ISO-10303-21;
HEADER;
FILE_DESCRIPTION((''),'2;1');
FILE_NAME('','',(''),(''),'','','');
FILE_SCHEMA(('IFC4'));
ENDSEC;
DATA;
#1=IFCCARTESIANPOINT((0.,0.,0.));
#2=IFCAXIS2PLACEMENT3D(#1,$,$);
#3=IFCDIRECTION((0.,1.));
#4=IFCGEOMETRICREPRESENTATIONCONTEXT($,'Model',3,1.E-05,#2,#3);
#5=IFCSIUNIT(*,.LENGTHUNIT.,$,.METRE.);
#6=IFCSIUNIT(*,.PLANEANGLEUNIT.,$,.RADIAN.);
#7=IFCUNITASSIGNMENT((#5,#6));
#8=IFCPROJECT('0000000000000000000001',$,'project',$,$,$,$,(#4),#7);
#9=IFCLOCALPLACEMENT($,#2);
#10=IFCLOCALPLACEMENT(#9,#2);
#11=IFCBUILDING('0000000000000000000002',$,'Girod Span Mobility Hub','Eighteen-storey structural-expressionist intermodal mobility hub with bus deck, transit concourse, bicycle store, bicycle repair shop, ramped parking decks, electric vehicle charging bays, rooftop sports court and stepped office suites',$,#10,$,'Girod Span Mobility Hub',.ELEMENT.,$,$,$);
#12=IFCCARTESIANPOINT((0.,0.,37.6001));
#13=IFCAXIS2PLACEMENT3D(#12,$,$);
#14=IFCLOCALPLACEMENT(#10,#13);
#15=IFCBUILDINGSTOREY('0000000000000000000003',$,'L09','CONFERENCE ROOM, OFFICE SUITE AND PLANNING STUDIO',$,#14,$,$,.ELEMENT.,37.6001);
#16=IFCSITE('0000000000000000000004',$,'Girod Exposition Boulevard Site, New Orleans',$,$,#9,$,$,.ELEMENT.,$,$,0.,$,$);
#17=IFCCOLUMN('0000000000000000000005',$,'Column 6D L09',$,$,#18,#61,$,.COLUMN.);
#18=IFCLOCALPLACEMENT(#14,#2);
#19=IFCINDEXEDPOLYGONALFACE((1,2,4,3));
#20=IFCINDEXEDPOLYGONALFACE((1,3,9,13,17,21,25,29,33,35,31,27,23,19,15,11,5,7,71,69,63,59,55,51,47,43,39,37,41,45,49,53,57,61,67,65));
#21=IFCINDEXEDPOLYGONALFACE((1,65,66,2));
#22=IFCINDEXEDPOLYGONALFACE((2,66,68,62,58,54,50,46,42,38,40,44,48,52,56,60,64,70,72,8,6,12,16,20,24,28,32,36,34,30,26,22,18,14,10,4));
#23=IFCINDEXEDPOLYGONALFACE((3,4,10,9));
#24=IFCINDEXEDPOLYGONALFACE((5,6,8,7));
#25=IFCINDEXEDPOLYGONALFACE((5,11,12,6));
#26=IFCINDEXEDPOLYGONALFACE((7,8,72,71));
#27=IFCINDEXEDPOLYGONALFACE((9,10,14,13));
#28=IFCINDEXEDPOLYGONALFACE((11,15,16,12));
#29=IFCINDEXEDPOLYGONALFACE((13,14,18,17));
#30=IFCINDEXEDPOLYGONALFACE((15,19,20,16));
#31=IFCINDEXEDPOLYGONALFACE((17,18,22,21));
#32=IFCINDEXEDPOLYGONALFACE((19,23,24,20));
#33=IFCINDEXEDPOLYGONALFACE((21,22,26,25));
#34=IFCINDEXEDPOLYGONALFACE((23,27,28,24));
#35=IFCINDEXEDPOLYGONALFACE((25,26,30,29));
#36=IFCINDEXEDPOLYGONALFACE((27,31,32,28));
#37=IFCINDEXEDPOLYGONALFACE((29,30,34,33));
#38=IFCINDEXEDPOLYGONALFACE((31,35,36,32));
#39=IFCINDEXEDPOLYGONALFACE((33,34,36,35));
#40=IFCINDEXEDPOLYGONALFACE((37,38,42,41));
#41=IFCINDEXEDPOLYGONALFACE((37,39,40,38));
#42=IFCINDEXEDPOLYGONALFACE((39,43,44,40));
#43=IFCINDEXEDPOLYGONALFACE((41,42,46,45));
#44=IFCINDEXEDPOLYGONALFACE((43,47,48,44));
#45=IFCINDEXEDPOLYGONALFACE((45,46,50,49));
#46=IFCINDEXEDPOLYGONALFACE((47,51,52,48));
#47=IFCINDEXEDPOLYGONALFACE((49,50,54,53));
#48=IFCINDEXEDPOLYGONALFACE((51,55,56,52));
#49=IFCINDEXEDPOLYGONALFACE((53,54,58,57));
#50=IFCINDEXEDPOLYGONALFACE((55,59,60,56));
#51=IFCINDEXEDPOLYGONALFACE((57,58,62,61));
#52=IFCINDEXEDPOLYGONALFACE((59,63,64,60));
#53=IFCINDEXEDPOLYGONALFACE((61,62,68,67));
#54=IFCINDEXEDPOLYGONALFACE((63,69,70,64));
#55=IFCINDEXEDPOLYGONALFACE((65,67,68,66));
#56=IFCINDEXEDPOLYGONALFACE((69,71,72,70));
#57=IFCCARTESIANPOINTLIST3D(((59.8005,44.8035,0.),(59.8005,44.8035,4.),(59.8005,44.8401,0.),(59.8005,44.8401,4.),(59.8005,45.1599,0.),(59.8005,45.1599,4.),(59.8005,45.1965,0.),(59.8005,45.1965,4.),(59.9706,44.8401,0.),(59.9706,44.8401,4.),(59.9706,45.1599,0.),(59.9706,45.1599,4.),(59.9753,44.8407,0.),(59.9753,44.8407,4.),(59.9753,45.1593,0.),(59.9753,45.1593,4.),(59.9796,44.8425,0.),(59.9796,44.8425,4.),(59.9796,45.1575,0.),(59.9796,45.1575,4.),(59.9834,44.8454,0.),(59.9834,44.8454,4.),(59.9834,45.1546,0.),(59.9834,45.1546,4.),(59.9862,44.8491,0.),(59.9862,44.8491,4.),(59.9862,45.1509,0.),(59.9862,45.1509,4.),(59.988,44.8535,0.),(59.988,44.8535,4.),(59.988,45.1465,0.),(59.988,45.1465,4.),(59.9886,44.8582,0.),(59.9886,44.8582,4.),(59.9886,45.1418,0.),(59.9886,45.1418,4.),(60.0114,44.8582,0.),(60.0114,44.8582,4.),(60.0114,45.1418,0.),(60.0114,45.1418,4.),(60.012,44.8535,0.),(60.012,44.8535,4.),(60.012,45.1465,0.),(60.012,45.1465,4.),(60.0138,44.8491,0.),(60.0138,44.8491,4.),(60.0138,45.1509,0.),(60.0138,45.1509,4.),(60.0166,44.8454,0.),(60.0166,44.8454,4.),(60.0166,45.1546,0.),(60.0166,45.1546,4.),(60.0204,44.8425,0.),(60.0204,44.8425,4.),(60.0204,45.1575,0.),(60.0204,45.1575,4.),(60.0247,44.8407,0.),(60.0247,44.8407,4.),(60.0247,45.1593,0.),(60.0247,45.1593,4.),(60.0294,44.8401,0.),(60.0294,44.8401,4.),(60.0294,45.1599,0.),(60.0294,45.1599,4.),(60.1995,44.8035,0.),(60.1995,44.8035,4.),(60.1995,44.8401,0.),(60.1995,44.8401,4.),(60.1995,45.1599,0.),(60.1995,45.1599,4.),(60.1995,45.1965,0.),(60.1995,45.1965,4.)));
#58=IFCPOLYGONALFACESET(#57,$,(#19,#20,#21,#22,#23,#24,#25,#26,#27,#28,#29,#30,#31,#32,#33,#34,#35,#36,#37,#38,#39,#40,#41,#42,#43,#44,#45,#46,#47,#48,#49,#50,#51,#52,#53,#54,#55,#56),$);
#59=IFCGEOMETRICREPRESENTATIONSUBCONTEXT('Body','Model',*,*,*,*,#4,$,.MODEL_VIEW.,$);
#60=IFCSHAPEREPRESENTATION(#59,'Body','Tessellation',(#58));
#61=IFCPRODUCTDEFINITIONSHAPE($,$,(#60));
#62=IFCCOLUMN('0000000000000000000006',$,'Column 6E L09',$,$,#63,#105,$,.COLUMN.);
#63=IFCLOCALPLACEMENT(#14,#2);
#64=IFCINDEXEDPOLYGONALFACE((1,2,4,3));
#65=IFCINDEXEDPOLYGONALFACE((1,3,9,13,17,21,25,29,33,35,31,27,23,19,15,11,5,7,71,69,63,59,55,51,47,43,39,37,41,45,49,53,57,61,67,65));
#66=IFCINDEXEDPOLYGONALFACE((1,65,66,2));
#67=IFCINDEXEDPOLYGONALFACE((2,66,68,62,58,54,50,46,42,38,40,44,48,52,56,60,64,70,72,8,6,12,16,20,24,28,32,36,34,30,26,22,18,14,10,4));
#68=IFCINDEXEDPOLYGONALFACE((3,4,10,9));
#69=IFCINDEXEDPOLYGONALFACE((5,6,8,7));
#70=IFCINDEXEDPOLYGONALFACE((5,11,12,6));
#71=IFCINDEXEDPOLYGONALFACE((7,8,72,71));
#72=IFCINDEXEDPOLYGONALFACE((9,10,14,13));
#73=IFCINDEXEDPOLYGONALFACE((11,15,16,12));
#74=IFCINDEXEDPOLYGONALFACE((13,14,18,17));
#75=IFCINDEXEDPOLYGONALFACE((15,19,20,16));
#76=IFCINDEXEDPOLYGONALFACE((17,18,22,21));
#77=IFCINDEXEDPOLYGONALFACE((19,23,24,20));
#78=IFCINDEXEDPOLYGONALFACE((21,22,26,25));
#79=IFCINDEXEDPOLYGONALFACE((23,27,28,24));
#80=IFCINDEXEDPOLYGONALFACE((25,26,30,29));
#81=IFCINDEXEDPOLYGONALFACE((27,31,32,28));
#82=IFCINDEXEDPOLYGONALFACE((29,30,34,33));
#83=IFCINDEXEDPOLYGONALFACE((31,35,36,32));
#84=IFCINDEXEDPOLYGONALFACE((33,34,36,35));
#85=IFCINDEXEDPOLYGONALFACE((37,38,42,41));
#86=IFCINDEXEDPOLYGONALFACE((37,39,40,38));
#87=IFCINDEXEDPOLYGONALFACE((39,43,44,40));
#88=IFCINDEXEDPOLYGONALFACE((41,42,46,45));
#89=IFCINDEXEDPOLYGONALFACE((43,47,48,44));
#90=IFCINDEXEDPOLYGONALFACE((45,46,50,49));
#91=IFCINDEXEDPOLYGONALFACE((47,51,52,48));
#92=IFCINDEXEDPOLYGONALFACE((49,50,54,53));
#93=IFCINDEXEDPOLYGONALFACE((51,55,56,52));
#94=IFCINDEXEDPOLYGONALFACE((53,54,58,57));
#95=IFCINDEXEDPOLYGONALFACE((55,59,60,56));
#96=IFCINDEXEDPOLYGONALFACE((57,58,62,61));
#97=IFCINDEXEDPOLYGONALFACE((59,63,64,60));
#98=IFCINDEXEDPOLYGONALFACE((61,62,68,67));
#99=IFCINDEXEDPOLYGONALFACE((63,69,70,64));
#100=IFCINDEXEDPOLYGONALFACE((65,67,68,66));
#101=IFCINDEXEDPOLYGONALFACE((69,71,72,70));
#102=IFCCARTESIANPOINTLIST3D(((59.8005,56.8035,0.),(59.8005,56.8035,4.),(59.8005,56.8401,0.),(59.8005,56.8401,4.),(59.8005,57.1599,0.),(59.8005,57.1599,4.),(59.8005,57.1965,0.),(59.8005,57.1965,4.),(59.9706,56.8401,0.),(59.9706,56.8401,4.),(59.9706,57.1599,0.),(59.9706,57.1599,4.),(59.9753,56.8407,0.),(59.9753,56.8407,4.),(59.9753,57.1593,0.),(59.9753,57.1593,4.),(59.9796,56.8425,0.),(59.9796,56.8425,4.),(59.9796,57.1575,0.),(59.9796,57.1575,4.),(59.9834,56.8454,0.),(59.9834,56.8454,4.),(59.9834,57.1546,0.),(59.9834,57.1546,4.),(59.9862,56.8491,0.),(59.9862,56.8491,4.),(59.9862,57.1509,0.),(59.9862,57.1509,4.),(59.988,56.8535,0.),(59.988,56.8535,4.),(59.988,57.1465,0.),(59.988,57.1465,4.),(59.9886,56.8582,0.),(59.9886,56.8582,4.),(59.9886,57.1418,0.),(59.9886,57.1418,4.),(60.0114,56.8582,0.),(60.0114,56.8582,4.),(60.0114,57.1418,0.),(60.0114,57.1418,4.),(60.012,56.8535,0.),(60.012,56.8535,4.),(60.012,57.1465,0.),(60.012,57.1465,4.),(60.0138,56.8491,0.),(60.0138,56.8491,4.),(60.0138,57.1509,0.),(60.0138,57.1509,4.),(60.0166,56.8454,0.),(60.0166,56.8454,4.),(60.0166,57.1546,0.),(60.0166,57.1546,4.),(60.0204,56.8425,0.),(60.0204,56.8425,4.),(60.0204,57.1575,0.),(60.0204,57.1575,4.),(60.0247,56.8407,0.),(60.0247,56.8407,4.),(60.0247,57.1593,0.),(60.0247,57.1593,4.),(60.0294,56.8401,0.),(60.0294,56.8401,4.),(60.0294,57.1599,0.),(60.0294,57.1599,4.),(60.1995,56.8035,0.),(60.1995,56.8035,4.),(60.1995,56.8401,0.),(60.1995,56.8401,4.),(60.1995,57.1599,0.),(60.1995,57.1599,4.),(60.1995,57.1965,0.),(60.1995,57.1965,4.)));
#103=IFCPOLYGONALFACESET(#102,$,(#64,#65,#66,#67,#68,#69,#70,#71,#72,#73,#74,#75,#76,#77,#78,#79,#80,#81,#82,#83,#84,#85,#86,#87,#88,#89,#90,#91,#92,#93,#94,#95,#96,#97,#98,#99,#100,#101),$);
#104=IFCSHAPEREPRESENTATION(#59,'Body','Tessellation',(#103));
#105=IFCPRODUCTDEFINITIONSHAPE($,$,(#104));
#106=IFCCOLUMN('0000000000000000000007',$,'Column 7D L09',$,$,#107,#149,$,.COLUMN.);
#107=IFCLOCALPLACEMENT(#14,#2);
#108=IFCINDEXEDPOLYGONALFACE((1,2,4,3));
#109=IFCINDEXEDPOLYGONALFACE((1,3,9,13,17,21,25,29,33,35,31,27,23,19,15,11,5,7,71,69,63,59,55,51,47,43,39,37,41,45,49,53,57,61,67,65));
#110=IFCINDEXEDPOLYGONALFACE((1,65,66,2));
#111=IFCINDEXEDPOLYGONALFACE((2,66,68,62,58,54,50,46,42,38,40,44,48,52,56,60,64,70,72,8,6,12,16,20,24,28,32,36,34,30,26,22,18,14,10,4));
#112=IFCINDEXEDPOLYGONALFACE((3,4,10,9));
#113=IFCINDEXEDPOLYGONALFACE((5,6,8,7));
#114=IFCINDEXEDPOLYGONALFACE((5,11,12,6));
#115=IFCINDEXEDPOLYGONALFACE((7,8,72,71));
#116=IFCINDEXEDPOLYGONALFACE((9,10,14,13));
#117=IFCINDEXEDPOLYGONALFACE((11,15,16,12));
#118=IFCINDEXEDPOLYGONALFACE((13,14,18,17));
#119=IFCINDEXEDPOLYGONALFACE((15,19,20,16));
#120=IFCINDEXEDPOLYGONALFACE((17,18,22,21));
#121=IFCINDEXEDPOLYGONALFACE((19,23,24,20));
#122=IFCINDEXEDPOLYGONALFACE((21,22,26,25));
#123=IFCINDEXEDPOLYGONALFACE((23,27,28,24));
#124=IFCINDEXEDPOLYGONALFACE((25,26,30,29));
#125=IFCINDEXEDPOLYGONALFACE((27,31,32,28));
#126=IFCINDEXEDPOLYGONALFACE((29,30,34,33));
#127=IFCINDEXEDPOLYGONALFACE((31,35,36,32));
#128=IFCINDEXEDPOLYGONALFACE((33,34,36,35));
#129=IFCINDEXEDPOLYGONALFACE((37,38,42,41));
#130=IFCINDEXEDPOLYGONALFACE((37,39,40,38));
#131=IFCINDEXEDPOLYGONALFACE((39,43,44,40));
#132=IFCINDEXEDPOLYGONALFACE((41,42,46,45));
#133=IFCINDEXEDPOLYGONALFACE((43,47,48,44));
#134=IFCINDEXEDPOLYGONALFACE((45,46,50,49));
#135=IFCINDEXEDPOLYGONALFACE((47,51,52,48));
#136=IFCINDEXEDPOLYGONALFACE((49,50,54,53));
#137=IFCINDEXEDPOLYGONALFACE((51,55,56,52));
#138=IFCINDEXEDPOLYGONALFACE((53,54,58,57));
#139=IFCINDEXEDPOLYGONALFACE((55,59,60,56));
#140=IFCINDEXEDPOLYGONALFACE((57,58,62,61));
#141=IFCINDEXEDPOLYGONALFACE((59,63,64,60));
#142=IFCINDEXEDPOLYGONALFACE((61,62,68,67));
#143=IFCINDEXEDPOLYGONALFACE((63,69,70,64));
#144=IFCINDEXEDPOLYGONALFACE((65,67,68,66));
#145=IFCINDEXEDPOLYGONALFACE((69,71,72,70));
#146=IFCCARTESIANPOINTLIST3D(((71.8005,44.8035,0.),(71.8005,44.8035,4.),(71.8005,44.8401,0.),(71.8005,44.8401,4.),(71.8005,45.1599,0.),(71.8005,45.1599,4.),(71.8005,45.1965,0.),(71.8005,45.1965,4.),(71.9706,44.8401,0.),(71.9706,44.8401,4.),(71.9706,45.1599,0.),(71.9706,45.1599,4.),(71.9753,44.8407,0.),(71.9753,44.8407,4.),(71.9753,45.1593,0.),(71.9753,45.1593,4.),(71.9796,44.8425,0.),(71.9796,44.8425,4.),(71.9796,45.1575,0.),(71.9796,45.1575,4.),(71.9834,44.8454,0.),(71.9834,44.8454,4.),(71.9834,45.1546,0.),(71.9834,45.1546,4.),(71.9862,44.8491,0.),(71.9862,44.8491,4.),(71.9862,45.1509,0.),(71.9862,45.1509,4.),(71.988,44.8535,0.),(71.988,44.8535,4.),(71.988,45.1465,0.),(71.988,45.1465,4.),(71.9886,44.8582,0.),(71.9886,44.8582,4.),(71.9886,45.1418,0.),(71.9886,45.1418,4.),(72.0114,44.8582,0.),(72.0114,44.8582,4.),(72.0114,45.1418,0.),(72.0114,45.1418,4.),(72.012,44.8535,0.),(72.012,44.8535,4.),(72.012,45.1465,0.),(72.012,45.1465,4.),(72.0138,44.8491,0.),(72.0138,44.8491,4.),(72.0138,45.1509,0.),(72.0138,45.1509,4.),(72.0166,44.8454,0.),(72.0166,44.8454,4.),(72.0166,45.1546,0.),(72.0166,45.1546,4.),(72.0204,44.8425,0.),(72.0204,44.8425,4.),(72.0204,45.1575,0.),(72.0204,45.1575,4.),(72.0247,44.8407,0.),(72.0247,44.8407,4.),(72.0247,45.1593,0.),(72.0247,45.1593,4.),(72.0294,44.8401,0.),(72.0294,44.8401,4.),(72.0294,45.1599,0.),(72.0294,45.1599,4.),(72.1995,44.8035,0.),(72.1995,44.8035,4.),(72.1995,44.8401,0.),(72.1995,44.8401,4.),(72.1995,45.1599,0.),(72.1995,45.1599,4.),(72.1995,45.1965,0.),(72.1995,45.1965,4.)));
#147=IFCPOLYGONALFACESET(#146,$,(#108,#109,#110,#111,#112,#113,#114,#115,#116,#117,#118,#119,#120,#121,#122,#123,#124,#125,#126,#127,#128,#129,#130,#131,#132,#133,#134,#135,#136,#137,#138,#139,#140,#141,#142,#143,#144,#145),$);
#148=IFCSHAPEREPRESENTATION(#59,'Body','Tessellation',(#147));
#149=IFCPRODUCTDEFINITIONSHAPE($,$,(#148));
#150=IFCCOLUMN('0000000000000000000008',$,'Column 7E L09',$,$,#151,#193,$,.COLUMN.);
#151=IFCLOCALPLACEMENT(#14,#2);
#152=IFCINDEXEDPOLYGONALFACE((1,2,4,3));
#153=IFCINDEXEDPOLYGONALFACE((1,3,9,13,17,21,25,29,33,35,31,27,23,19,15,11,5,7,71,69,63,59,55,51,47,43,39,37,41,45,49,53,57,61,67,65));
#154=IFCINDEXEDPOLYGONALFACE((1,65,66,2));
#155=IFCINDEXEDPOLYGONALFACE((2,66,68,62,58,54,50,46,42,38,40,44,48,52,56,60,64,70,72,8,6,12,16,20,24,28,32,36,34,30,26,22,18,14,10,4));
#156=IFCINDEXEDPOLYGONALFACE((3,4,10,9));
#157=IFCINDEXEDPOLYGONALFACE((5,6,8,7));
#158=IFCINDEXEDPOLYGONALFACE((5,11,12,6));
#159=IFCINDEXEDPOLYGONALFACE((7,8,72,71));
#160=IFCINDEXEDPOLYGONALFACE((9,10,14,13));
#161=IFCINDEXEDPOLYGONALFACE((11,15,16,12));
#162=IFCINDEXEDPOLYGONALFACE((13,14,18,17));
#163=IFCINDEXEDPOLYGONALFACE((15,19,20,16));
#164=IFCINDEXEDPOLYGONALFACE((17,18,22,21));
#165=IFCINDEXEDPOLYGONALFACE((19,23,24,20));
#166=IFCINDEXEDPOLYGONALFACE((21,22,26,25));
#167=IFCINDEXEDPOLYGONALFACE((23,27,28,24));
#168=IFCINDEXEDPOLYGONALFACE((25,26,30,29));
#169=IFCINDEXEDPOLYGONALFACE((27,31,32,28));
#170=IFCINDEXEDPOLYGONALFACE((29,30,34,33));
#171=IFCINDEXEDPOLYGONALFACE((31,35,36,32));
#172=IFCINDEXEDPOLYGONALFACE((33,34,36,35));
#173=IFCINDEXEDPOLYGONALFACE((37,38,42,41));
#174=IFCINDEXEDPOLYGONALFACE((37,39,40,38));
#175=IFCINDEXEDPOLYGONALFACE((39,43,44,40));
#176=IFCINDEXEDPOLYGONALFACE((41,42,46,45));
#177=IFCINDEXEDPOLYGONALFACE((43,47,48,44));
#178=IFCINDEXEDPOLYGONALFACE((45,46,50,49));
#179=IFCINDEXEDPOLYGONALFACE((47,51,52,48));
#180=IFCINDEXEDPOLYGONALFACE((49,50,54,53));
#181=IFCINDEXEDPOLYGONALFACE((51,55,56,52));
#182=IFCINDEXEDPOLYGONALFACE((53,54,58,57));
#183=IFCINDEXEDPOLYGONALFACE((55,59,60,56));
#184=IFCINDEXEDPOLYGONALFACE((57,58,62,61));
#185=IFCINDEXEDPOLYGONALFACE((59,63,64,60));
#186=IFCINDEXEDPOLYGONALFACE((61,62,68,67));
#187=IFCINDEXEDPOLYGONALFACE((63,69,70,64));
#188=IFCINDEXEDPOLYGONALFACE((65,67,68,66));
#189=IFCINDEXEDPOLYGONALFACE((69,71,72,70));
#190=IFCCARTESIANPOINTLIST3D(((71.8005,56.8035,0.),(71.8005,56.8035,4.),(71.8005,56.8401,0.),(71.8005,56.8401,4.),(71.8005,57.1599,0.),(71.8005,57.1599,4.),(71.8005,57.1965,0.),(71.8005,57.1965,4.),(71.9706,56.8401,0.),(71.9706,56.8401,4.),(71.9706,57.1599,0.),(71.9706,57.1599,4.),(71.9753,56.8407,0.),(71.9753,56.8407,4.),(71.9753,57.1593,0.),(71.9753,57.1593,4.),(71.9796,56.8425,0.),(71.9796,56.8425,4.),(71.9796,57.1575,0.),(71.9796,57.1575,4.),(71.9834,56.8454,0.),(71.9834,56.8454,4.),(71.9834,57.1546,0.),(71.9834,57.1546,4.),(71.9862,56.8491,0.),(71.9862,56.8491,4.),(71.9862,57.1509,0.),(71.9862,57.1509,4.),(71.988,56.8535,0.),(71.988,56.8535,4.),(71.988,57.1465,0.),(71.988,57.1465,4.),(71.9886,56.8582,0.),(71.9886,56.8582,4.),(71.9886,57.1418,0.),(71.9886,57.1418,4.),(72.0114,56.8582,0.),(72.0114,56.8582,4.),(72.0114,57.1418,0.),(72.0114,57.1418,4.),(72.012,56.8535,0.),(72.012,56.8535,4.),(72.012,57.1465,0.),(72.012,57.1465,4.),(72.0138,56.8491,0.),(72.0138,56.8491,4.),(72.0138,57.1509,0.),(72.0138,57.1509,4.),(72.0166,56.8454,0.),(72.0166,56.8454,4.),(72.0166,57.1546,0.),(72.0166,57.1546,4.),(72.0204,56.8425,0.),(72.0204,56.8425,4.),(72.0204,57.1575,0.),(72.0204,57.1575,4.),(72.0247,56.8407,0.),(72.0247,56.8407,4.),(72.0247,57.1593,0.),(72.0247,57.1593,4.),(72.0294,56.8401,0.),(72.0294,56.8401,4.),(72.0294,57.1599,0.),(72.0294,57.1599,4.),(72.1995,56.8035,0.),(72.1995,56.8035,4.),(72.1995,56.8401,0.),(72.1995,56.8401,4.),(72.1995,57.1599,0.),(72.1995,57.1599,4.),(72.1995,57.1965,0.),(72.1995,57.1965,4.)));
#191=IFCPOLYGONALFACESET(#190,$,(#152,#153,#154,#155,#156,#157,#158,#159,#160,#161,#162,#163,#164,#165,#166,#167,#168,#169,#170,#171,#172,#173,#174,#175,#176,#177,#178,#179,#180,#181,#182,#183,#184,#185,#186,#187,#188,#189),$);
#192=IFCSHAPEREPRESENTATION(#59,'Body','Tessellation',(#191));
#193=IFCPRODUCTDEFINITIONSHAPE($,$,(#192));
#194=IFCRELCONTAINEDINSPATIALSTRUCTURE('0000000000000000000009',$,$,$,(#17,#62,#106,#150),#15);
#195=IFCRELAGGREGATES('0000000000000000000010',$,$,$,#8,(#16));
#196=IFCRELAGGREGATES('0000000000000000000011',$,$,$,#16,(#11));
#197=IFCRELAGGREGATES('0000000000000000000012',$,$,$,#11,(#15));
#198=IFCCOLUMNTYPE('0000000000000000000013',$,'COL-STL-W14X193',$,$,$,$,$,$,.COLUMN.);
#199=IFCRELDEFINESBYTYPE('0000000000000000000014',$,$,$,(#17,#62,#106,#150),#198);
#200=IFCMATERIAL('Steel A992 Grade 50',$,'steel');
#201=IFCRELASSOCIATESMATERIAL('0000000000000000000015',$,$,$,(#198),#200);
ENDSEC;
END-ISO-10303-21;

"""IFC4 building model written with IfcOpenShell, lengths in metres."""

from ifc_helpers import new_model, si_unit, direction, frame, origin, origin_2d, place, context, subcontext, project, spatial, i_section, extrude, material, material_profile, profile_set, type_object, element, save


model = new_model("IFC4")

# Units and contexts
model_context = context("Model", 3, precision=1e-05, world=origin(), true_north=direction((0.0, 1.0)))
body_context = subcontext(model_context, "Body", "Model", "MODEL_VIEW")
ifc_project = project(units=[si_unit("LENGTHUNIT", "METRE"), si_unit("PLANEANGLEUNIT", "RADIAN")], contexts=[model_context])

# Site, building, storey
site_placement = place(None, origin())
site = spatial("IfcSite", under=ifc_project, at=site_placement, Name="Girod Exposition Boulevard Site, New Orleans", CompositionType="ELEMENT", RefElevation=0.0)
building_placement = place(site_placement, origin())
building = spatial("IfcBuilding", under=site, at=building_placement, Name="Girod Span Mobility Hub", Description="Eighteen-storey structural-expressionist intermodal mobility hub with bus deck, transit concourse, bicycle store, bicycle repair shop, ramped parking decks, electric vehicle charging bays, rooftop sports court and stepped office suites", LongName="Girod Span Mobility Hub", CompositionType="ELEMENT")
storey_placement = place(building_placement, frame((0.0, 0.0, 37.6001)))
storey = spatial("IfcBuildingStorey", under=building, at=storey_placement, Name="L09", Description="CONFERENCE ROOM, OFFICE SUITE AND PLANNING STUDIO", CompositionType="ELEMENT", Elevation=37.6001)

# Columns
ifc_material_1 = material(Name="Steel A992 Grade 50", Category="steel")
ifc_material_profile_1 = material_profile(ifc_material_1, i_section(OverallWidth=0.3989, OverallDepth=0.3931, WebThickness=0.0227, FlangeThickness=0.0366, FilletRadius=0.0181, at=origin_2d()), Name="W14X193")
ifc_profile_set_1 = profile_set([ifc_material_profile_1], Name="Steel A992 Grade 50")
column_type = type_object("IfcColumnType", Name="COL-STL-W14X193", PredefinedType="COLUMN", material=ifc_profile_set_1)
for number, where, z_axis, x_axis, name in (
    (1, (60.0, 45.0, 0.0), (0.0, 0.0, 1.0), (1.0, 0.0, 0.0), "Column 6D L09"),
    (2, (60.0, 57.0, 0.0), (0.0, 0.0, 1.0), (1.0, 0.0, 0.0), "Column 6E L09"),
    (3, (72.0, 45.0, 0.0), (0.0, 0.0, 1.0), (1.0, 0.0, 0.0), "Column 7D L09"),
    (4, (72.0, 57.0, 0.0), (0.0, 0.0, 1.0), (1.0, 0.0, 0.0), "Column 7E L09"),
):
    element("IfcColumn", number, at=place(storey_placement, frame(where, z_axis=z_axis, x_axis=x_axis)), inside=storey, type_object=column_type, Name=name, PredefinedType="COLUMN", context=body_context, shape_type="SweptSolid", body=[
        extrude(i_section(OverallWidth=0.3989, OverallDepth=0.3931, WebThickness=0.0227, FlangeThickness=0.0366, FilletRadius=0.0181, at=origin_2d()), origin(), (0.0, 0.0, 1.0), 4.0),
    ])

save(model, "model.ifc")
